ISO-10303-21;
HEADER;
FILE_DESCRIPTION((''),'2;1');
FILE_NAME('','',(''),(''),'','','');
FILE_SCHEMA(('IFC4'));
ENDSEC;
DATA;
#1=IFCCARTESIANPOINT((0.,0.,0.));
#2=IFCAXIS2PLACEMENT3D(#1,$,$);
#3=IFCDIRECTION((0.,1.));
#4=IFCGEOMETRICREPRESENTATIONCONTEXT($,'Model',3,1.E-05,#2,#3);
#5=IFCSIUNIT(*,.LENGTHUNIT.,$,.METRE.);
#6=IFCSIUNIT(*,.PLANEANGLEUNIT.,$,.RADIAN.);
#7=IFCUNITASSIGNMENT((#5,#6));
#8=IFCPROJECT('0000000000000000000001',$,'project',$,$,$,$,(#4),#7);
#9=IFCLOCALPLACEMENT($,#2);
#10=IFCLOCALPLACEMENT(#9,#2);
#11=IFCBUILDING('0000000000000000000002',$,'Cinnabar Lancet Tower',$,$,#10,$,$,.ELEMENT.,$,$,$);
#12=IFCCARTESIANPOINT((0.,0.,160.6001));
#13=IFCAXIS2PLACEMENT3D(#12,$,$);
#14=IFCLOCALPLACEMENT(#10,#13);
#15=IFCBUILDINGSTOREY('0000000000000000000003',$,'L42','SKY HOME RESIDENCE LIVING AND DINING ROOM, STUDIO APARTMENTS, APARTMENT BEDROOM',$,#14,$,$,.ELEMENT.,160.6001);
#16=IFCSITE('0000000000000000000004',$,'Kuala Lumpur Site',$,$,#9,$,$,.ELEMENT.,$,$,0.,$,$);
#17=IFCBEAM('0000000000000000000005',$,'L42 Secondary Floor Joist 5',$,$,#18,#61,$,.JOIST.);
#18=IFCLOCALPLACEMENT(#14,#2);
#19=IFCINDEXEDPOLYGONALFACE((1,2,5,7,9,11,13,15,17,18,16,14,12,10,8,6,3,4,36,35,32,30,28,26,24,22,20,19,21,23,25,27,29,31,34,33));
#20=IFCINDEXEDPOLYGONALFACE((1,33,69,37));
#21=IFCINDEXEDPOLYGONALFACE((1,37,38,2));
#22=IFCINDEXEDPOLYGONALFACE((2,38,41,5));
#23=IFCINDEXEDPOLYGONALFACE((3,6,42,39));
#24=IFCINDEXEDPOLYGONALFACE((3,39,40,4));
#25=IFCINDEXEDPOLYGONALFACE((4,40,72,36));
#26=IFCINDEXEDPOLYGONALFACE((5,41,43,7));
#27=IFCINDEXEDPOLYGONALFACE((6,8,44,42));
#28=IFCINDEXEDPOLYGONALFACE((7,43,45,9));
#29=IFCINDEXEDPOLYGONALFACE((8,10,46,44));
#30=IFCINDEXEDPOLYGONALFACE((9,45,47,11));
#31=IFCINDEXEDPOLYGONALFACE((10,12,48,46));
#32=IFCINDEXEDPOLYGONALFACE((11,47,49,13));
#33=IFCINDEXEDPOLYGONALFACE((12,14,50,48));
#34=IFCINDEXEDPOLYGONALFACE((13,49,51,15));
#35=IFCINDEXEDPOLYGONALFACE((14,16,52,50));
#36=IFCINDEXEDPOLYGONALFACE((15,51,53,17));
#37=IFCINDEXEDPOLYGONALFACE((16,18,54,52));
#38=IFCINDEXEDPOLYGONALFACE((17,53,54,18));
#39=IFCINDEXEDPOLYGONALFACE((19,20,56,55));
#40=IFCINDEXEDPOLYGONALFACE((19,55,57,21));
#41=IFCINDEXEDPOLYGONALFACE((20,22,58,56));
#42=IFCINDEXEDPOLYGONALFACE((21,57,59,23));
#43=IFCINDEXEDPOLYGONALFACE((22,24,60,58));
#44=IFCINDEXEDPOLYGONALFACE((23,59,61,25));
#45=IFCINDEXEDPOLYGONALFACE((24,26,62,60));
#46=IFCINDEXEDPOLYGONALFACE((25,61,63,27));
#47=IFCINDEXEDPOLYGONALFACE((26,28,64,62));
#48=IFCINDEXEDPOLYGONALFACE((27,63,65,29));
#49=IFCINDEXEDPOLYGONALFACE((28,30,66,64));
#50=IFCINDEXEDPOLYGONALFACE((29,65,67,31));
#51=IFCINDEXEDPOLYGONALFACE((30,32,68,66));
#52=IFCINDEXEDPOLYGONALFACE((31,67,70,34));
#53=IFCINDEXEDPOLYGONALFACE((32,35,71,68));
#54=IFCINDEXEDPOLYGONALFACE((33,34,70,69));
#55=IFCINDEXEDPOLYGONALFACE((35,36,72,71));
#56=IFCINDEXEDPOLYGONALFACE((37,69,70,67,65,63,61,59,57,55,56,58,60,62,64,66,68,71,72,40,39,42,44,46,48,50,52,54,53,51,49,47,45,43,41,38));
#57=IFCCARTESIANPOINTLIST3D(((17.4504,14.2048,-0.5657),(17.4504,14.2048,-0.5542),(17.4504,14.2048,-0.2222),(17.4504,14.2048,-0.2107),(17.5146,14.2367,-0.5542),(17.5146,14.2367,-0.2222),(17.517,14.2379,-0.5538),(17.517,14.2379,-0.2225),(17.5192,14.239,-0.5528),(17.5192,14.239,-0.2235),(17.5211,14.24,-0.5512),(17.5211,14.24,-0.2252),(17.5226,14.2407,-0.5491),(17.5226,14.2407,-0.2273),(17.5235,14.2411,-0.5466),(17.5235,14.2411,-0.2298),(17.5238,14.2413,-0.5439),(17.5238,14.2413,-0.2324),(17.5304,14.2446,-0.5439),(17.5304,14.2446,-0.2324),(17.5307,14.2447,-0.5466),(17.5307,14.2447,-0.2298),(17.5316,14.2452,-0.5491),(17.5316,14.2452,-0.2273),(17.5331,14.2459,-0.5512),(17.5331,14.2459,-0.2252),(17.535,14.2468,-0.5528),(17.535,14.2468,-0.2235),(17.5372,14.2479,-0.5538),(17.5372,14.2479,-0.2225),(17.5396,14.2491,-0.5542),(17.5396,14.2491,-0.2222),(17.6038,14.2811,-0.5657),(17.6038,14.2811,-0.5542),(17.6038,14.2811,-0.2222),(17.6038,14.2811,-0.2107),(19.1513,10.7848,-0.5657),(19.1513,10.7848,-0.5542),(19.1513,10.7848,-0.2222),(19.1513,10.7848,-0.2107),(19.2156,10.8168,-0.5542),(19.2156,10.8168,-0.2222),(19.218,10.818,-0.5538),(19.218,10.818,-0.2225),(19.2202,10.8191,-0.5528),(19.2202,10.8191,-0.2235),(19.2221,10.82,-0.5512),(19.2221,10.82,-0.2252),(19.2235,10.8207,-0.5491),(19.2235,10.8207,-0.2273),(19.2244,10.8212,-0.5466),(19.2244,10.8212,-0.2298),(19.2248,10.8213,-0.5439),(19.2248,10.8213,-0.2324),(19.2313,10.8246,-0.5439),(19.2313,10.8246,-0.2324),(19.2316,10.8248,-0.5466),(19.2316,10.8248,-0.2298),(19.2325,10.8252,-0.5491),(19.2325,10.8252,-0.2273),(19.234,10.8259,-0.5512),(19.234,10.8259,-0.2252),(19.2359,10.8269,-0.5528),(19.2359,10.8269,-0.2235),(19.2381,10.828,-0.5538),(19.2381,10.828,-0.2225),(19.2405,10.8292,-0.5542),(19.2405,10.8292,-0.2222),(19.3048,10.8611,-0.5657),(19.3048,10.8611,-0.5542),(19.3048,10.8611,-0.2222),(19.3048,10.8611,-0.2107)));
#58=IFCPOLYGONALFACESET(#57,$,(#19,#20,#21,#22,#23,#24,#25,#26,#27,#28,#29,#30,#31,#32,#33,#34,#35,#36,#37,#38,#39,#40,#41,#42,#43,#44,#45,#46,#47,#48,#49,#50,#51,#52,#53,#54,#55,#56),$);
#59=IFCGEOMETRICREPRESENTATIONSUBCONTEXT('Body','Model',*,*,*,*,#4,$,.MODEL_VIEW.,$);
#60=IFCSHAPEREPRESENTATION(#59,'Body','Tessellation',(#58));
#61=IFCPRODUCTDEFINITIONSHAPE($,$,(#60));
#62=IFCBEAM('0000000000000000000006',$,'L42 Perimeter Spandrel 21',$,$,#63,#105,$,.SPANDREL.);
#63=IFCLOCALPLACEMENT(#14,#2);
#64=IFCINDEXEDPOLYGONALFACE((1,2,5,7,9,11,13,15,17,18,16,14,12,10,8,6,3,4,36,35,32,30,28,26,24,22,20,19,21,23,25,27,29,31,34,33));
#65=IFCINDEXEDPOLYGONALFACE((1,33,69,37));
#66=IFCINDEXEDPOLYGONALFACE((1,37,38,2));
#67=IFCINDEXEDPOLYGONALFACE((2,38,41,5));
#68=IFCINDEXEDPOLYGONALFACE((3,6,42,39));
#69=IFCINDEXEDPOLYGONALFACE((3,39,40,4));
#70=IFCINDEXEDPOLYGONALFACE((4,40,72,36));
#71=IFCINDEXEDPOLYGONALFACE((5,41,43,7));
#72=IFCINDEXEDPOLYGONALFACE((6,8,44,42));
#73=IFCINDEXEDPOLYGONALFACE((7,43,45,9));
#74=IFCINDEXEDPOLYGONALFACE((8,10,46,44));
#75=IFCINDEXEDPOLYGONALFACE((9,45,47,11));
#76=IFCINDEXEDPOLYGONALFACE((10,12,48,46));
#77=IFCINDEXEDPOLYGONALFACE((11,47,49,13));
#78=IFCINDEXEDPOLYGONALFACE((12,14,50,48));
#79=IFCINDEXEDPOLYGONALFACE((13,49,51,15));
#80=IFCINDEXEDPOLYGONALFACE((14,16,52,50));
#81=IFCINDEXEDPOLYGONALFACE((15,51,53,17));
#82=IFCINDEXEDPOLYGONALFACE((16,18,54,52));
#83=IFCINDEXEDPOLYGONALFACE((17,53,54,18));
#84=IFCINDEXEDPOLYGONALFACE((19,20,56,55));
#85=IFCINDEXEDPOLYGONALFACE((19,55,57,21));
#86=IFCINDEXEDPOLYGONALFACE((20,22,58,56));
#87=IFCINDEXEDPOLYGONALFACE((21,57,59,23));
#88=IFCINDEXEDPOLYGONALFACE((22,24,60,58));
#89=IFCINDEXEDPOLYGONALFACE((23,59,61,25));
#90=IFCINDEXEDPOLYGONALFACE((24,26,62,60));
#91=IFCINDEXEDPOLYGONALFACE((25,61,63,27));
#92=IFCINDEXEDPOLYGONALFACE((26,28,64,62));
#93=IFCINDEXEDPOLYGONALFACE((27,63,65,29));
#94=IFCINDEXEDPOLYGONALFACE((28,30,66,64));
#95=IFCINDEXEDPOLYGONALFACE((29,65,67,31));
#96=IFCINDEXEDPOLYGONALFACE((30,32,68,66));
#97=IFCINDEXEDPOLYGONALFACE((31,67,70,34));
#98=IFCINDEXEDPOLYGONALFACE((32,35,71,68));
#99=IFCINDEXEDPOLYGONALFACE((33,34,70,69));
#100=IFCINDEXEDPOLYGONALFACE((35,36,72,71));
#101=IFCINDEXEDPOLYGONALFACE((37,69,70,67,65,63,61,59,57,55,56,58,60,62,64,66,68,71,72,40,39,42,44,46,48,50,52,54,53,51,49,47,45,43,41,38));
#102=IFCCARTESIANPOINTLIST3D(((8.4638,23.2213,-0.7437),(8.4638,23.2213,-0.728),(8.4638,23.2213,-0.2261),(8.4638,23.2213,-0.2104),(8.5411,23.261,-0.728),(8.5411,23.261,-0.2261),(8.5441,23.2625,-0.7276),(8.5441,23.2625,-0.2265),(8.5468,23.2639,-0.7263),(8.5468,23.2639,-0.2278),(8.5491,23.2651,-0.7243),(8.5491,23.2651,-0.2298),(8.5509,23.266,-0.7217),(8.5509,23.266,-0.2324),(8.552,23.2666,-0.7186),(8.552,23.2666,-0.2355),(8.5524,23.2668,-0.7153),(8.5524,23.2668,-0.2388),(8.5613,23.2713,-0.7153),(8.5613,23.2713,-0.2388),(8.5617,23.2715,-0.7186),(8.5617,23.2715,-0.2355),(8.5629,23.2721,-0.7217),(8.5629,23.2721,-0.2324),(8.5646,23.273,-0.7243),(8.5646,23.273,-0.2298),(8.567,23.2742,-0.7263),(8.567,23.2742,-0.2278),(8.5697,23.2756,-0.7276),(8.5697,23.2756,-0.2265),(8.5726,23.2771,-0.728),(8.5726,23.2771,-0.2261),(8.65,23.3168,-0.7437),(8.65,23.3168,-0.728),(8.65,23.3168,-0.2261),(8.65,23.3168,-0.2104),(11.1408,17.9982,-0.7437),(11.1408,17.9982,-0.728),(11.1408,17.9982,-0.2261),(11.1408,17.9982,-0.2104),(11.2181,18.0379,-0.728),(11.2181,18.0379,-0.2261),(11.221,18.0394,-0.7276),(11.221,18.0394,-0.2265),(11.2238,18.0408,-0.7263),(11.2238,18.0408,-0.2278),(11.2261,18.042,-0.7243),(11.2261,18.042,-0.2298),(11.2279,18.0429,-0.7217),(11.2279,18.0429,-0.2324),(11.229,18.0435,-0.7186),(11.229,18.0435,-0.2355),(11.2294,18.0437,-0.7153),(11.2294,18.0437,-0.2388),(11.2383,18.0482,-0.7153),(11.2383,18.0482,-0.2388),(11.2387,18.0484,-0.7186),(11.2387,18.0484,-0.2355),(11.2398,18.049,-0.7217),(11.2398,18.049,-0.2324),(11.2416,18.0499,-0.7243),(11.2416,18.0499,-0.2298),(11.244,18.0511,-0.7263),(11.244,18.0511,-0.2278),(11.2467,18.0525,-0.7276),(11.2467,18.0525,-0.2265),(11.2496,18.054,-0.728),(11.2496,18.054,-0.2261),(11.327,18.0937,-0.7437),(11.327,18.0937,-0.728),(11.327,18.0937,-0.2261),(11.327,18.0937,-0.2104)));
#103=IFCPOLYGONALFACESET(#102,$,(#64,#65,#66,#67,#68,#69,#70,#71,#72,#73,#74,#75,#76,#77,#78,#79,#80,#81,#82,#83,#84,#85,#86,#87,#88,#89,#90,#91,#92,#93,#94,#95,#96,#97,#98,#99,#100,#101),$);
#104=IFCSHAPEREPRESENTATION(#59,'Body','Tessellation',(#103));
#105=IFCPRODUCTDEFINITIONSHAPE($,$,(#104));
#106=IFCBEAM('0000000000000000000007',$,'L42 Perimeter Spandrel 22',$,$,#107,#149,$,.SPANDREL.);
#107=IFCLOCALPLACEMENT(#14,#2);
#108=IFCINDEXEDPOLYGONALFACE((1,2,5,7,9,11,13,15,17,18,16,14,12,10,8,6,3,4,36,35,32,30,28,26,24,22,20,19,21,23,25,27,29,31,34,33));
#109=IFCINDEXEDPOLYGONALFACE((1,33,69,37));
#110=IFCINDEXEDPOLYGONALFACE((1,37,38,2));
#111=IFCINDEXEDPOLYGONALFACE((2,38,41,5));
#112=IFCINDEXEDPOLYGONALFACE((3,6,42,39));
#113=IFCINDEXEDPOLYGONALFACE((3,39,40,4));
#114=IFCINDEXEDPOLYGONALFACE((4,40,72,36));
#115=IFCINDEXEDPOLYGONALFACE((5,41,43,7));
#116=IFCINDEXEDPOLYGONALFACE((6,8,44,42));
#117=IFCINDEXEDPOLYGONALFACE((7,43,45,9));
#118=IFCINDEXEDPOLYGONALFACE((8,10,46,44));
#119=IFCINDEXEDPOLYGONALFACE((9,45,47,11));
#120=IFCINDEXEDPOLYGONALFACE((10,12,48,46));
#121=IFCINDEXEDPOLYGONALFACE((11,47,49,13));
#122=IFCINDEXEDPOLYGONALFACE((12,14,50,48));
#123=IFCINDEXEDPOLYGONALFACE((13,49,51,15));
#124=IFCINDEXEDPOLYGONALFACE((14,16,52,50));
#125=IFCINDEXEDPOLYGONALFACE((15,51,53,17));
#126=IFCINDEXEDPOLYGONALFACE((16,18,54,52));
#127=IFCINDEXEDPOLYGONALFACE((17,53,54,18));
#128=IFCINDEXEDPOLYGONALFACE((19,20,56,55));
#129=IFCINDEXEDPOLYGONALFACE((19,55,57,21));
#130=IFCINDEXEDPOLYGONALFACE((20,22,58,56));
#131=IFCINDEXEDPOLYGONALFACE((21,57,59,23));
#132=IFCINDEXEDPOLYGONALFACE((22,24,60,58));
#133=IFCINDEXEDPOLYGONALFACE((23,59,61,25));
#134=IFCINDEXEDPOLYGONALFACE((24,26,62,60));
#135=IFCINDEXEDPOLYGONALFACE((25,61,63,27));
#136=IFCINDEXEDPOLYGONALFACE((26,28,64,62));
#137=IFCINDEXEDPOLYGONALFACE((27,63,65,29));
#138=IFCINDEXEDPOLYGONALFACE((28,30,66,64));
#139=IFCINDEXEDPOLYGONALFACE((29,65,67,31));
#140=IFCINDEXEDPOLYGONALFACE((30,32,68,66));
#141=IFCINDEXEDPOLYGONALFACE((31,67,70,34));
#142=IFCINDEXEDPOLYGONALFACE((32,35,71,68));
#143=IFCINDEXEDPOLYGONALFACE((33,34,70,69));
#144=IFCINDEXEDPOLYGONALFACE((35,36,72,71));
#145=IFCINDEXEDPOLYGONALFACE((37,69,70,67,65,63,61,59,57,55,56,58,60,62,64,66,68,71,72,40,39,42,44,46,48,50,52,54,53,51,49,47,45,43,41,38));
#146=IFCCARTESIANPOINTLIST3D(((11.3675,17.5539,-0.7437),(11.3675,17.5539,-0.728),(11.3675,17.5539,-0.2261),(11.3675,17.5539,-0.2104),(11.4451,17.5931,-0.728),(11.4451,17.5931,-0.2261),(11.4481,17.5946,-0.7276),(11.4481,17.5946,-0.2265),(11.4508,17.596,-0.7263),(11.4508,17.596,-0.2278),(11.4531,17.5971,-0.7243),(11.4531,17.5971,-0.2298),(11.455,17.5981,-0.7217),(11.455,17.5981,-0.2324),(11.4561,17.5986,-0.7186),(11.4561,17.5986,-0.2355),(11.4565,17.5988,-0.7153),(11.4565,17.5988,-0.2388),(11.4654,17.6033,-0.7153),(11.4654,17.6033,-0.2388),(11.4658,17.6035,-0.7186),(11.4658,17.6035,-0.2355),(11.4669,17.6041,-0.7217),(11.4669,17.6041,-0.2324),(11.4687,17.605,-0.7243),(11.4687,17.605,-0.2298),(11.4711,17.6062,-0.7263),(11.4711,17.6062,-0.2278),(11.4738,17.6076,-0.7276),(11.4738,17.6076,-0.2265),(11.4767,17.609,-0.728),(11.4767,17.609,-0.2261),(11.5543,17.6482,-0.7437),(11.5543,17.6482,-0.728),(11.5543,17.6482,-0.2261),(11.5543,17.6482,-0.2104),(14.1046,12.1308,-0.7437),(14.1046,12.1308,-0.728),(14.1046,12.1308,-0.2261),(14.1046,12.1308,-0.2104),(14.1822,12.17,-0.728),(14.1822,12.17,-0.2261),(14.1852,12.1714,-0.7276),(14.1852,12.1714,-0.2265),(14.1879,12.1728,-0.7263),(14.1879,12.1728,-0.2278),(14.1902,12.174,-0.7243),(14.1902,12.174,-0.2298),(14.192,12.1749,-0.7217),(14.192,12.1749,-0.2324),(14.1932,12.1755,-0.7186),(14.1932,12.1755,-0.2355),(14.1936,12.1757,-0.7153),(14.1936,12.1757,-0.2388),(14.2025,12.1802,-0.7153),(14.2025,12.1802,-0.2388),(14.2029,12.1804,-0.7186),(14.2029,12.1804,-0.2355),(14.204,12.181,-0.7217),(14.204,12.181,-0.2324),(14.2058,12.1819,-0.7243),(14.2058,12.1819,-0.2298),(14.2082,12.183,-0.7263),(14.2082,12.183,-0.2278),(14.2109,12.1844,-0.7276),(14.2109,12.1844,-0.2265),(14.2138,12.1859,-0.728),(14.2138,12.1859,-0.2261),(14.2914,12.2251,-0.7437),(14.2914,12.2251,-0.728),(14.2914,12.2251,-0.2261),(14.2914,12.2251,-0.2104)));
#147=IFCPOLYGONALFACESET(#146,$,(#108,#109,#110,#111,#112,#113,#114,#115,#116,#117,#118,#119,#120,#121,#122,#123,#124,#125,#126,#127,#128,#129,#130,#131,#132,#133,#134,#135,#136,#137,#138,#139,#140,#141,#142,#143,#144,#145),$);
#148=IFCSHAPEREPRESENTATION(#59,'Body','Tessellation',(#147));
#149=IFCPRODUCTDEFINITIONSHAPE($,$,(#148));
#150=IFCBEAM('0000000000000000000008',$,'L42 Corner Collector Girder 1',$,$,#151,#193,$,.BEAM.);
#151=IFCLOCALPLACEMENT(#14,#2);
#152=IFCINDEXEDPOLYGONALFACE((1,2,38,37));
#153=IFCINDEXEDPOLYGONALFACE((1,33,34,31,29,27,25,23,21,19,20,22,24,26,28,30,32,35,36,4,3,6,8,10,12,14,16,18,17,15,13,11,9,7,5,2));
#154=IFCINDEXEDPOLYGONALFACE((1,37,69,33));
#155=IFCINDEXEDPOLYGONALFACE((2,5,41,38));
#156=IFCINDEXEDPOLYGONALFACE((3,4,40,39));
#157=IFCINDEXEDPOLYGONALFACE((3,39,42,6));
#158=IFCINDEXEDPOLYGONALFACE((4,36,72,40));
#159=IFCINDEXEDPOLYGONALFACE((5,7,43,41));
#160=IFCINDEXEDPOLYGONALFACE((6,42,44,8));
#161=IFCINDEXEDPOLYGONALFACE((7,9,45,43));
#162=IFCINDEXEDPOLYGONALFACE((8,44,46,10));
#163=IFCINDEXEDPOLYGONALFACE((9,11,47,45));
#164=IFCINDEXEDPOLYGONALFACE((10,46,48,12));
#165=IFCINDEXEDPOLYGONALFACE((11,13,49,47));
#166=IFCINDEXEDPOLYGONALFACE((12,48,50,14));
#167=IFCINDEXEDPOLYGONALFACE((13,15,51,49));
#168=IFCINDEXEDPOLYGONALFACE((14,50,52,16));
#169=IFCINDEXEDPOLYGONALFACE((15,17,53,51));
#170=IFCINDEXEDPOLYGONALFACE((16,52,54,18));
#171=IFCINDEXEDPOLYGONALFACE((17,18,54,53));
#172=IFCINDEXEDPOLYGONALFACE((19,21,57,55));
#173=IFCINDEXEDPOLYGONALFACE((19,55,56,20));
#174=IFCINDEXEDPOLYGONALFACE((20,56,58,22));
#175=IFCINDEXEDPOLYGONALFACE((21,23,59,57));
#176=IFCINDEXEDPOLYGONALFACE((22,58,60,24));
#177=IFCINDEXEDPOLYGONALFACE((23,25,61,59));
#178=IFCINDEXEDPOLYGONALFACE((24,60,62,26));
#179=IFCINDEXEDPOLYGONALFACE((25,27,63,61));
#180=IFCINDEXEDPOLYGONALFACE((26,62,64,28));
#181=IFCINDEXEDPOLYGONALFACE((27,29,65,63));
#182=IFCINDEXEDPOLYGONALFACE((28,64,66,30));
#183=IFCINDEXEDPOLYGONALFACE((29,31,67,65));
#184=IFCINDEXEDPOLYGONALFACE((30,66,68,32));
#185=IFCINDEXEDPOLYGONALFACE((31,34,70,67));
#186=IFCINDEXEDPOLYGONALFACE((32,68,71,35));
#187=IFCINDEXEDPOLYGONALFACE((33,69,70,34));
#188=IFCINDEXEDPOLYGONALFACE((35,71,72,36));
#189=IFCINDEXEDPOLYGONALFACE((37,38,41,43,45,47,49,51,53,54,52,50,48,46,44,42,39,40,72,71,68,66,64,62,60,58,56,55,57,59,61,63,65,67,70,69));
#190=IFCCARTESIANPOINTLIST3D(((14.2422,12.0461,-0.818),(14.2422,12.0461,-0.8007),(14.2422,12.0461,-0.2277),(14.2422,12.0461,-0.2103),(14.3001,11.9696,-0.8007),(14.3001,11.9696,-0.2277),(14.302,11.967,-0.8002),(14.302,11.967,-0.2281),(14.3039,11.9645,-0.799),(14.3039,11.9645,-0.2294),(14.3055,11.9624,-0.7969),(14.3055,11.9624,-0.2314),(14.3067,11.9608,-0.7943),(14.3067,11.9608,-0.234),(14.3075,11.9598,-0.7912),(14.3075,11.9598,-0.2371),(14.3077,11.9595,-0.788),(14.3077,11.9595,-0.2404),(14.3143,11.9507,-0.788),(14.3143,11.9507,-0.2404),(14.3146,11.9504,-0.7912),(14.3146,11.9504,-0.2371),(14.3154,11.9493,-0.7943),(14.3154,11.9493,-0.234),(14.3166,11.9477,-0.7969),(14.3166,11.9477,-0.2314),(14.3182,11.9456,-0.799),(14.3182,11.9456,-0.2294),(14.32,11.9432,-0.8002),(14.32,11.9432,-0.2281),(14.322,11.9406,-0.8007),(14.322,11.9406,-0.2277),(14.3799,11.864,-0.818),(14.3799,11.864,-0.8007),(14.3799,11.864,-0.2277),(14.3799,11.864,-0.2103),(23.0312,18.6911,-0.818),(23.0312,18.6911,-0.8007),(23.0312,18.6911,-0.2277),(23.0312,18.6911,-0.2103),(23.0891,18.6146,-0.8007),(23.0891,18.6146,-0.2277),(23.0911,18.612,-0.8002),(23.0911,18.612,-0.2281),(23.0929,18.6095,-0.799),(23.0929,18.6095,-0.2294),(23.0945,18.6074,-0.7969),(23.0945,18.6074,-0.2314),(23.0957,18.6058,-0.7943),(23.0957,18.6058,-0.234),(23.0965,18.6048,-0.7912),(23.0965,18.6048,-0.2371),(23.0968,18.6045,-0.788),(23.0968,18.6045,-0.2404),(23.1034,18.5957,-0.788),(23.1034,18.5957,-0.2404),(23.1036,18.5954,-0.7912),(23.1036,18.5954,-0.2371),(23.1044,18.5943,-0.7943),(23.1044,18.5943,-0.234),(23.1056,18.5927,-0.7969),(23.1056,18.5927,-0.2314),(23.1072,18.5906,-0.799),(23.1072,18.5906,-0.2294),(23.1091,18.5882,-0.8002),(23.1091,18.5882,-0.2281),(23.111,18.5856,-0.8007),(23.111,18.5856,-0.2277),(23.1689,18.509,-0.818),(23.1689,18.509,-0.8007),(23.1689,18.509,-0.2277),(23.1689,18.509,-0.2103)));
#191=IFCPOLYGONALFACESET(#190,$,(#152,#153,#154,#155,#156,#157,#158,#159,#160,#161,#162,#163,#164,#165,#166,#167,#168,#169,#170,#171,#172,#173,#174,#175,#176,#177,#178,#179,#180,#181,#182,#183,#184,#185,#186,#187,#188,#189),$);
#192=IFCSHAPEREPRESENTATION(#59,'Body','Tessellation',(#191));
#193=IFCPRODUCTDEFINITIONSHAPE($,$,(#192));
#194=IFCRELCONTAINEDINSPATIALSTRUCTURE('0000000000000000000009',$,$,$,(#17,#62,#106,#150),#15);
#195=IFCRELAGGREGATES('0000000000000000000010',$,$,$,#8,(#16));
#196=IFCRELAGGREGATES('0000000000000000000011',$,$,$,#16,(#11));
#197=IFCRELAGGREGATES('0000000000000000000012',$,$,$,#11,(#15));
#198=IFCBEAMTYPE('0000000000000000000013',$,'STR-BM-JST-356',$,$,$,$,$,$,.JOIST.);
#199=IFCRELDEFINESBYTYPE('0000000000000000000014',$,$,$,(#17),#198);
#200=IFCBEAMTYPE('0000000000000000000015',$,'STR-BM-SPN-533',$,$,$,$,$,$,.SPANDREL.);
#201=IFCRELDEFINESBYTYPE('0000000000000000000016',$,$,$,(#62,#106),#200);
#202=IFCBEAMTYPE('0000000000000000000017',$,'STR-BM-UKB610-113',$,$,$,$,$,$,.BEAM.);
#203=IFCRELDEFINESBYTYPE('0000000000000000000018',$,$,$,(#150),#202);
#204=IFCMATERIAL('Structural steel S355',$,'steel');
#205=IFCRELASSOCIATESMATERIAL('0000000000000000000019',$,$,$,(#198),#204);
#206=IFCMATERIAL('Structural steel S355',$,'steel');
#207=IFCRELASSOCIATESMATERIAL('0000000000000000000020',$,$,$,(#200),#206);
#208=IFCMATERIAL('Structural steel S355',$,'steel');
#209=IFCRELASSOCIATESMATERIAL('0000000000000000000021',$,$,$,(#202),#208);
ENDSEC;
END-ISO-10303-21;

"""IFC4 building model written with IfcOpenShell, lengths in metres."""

from ifc_helpers import new_model, si_unit, direction, frame, origin, origin_2d, place, context, subcontext, project, spatial, i_section, extrude, material, material_profile, profile_set, type_object, element, save


model = new_model("IFC4")

# Units and contexts
model_context = context("Model", 3, precision=1e-05, world=origin(), true_north=direction((0.0, 1.0)))
body_context = subcontext(model_context, "Body", "Model", "MODEL_VIEW")
ifc_project = project(units=[si_unit("LENGTHUNIT", "METRE"), si_unit("PLANEANGLEUNIT", "RADIAN")], contexts=[model_context])

# Site, building, storey
site_placement = place(None, origin())
site = spatial("IfcSite", under=ifc_project, at=site_placement, Name="Kuala Lumpur Site", CompositionType="ELEMENT", RefElevation=0.0)
building_placement = place(site_placement, origin())
building = spatial("IfcBuilding", under=site, at=building_placement, Name="Cinnabar Lancet Tower", CompositionType="ELEMENT")
storey_placement = place(building_placement, frame((0.0, 0.0, 160.6001)))
storey = spatial("IfcBuildingStorey", under=building, at=storey_placement, Name="L42", Description="SKY HOME RESIDENCE LIVING AND DINING ROOM, STUDIO APARTMENTS, APARTMENT BEDROOM", CompositionType="ELEMENT", Elevation=160.6001)

# Beams
ifc_material_1 = material(Name="Structural steel S355", Category="steel")
ifc_material_profile_1 = material_profile(ifc_material_1, i_section(OverallWidth=0.1714, OverallDepth=0.355, WebThickness=0.0073, FlangeThickness=0.0115, FilletRadius=0.0103, at=origin_2d()), Name="UKB 356x171x51")
ifc_profile_set_1 = profile_set([ifc_material_profile_1], Name="Structural steel S355")
beam_type_1 = type_object("IfcBeamType", Name="STR-BM-JST-356", PredefinedType="JOIST", material=ifc_profile_set_1)
beam_1_placement = place(storey_placement, frame((17.5271, 14.2429, -0.3882), z_axis=(0.445321, -0.895371, 0.0), x_axis=(0.895371, 0.445321, 0.0)))
element("IfcBeam", 1, at=beam_1_placement, inside=storey, type_object=beam_type_1, Name="L42 Secondary Floor Joist 5", PredefinedType="JOIST", context=body_context, shape_type="SweptSolid", body=[
    extrude(i_section(OverallWidth=0.1714, OverallDepth=0.355, WebThickness=0.0073, FlangeThickness=0.0115, FilletRadius=0.0103, at=origin_2d()), origin(), (0.0, 0.0, 1.0), 3.8196),
])
ifc_material_2 = material(Name="Structural steel S355", Category="steel")
ifc_material_profile_2 = material_profile(ifc_material_2, i_section(OverallWidth=0.2092, OverallDepth=0.5332, WebThickness=0.01, FlangeThickness=0.0156, FilletRadius=0.0127, at=origin_2d()), Name="UKB 533x210x92")
ifc_profile_set_2 = profile_set([ifc_material_profile_2], Name="Structural steel S355")
beam_type_2 = type_object("IfcBeamType", Name="STR-BM-SPN-533", PredefinedType="SPANDREL", material=ifc_profile_set_2)
beam_2_placement = place(storey_placement, frame((8.5569, 23.269, -0.4771), z_axis=(0.45611, -0.889924, 0.0), x_axis=(0.889924, 0.45611, 0.0)))
element("IfcBeam", 2, at=beam_2_placement, inside=storey, type_object=beam_type_2, Name="L42 Perimeter Spandrel 21", PredefinedType="SPANDREL", context=body_context, shape_type="SweptSolid", body=[
    extrude(i_section(OverallWidth=0.2092, OverallDepth=0.5332, WebThickness=0.01, FlangeThickness=0.0156, FilletRadius=0.0127, at=origin_2d()), origin(), (0.0, 0.0, 1.0), 5.8691),
])
beam_3_placement = place(storey_placement, frame((11.4609, 17.6011, -0.4771), z_axis=(0.45057, -0.892741, 0.0), x_axis=(0.892741, 0.45057, 0.0)))
element("IfcBeam", 3, at=beam_3_placement, inside=storey, type_object=beam_type_2, Name="L42 Perimeter Spandrel 22", PredefinedType="SPANDREL", context=body_context, shape_type="SweptSolid", body=[
    extrude(i_section(OverallWidth=0.2092, OverallDepth=0.5332, WebThickness=0.01, FlangeThickness=0.0156, FilletRadius=0.0127, at=origin_2d()), origin(), (0.0, 0.0, 1.0), 6.0747),
])
ifc_material_3 = material(Name="Structural steel S355", Category="steel")
ifc_material_profile_3 = material_profile(ifc_material_3, i_section(OverallWidth=0.2283, OverallDepth=0.6077, WebThickness=0.011, FlangeThickness=0.0173, FilletRadius=0.0127, at=origin_2d()), Name="UKB 610x229x113")
ifc_profile_set_3 = profile_set([ifc_material_profile_3], Name="Structural steel S355")
beam_type_3 = type_object("IfcBeamType", Name="STR-BM-UKB610-113", PredefinedType="BEAM", material=ifc_profile_set_3)
beam_4_placement = place(storey_placement, frame((14.311, 11.9551, -0.5142), z_axis=(0.797675, 0.603087, 0.0), x_axis=(-0.603087, 0.797675, 0.0)))
element("IfcBeam", 4, at=beam_4_placement, inside=storey, type_object=beam_type_3, Name="L42 Corner Collector Girder 1", PredefinedType="BEAM", context=body_context, shape_type="SweptSolid", body=[
    extrude(i_section(OverallWidth=0.2283, OverallDepth=0.6077, WebThickness=0.011, FlangeThickness=0.0173, FilletRadius=0.0127, at=origin_2d()), origin(), (0.0, 0.0, 1.0), 11.0183),
])

save(model, "model.ifc")
